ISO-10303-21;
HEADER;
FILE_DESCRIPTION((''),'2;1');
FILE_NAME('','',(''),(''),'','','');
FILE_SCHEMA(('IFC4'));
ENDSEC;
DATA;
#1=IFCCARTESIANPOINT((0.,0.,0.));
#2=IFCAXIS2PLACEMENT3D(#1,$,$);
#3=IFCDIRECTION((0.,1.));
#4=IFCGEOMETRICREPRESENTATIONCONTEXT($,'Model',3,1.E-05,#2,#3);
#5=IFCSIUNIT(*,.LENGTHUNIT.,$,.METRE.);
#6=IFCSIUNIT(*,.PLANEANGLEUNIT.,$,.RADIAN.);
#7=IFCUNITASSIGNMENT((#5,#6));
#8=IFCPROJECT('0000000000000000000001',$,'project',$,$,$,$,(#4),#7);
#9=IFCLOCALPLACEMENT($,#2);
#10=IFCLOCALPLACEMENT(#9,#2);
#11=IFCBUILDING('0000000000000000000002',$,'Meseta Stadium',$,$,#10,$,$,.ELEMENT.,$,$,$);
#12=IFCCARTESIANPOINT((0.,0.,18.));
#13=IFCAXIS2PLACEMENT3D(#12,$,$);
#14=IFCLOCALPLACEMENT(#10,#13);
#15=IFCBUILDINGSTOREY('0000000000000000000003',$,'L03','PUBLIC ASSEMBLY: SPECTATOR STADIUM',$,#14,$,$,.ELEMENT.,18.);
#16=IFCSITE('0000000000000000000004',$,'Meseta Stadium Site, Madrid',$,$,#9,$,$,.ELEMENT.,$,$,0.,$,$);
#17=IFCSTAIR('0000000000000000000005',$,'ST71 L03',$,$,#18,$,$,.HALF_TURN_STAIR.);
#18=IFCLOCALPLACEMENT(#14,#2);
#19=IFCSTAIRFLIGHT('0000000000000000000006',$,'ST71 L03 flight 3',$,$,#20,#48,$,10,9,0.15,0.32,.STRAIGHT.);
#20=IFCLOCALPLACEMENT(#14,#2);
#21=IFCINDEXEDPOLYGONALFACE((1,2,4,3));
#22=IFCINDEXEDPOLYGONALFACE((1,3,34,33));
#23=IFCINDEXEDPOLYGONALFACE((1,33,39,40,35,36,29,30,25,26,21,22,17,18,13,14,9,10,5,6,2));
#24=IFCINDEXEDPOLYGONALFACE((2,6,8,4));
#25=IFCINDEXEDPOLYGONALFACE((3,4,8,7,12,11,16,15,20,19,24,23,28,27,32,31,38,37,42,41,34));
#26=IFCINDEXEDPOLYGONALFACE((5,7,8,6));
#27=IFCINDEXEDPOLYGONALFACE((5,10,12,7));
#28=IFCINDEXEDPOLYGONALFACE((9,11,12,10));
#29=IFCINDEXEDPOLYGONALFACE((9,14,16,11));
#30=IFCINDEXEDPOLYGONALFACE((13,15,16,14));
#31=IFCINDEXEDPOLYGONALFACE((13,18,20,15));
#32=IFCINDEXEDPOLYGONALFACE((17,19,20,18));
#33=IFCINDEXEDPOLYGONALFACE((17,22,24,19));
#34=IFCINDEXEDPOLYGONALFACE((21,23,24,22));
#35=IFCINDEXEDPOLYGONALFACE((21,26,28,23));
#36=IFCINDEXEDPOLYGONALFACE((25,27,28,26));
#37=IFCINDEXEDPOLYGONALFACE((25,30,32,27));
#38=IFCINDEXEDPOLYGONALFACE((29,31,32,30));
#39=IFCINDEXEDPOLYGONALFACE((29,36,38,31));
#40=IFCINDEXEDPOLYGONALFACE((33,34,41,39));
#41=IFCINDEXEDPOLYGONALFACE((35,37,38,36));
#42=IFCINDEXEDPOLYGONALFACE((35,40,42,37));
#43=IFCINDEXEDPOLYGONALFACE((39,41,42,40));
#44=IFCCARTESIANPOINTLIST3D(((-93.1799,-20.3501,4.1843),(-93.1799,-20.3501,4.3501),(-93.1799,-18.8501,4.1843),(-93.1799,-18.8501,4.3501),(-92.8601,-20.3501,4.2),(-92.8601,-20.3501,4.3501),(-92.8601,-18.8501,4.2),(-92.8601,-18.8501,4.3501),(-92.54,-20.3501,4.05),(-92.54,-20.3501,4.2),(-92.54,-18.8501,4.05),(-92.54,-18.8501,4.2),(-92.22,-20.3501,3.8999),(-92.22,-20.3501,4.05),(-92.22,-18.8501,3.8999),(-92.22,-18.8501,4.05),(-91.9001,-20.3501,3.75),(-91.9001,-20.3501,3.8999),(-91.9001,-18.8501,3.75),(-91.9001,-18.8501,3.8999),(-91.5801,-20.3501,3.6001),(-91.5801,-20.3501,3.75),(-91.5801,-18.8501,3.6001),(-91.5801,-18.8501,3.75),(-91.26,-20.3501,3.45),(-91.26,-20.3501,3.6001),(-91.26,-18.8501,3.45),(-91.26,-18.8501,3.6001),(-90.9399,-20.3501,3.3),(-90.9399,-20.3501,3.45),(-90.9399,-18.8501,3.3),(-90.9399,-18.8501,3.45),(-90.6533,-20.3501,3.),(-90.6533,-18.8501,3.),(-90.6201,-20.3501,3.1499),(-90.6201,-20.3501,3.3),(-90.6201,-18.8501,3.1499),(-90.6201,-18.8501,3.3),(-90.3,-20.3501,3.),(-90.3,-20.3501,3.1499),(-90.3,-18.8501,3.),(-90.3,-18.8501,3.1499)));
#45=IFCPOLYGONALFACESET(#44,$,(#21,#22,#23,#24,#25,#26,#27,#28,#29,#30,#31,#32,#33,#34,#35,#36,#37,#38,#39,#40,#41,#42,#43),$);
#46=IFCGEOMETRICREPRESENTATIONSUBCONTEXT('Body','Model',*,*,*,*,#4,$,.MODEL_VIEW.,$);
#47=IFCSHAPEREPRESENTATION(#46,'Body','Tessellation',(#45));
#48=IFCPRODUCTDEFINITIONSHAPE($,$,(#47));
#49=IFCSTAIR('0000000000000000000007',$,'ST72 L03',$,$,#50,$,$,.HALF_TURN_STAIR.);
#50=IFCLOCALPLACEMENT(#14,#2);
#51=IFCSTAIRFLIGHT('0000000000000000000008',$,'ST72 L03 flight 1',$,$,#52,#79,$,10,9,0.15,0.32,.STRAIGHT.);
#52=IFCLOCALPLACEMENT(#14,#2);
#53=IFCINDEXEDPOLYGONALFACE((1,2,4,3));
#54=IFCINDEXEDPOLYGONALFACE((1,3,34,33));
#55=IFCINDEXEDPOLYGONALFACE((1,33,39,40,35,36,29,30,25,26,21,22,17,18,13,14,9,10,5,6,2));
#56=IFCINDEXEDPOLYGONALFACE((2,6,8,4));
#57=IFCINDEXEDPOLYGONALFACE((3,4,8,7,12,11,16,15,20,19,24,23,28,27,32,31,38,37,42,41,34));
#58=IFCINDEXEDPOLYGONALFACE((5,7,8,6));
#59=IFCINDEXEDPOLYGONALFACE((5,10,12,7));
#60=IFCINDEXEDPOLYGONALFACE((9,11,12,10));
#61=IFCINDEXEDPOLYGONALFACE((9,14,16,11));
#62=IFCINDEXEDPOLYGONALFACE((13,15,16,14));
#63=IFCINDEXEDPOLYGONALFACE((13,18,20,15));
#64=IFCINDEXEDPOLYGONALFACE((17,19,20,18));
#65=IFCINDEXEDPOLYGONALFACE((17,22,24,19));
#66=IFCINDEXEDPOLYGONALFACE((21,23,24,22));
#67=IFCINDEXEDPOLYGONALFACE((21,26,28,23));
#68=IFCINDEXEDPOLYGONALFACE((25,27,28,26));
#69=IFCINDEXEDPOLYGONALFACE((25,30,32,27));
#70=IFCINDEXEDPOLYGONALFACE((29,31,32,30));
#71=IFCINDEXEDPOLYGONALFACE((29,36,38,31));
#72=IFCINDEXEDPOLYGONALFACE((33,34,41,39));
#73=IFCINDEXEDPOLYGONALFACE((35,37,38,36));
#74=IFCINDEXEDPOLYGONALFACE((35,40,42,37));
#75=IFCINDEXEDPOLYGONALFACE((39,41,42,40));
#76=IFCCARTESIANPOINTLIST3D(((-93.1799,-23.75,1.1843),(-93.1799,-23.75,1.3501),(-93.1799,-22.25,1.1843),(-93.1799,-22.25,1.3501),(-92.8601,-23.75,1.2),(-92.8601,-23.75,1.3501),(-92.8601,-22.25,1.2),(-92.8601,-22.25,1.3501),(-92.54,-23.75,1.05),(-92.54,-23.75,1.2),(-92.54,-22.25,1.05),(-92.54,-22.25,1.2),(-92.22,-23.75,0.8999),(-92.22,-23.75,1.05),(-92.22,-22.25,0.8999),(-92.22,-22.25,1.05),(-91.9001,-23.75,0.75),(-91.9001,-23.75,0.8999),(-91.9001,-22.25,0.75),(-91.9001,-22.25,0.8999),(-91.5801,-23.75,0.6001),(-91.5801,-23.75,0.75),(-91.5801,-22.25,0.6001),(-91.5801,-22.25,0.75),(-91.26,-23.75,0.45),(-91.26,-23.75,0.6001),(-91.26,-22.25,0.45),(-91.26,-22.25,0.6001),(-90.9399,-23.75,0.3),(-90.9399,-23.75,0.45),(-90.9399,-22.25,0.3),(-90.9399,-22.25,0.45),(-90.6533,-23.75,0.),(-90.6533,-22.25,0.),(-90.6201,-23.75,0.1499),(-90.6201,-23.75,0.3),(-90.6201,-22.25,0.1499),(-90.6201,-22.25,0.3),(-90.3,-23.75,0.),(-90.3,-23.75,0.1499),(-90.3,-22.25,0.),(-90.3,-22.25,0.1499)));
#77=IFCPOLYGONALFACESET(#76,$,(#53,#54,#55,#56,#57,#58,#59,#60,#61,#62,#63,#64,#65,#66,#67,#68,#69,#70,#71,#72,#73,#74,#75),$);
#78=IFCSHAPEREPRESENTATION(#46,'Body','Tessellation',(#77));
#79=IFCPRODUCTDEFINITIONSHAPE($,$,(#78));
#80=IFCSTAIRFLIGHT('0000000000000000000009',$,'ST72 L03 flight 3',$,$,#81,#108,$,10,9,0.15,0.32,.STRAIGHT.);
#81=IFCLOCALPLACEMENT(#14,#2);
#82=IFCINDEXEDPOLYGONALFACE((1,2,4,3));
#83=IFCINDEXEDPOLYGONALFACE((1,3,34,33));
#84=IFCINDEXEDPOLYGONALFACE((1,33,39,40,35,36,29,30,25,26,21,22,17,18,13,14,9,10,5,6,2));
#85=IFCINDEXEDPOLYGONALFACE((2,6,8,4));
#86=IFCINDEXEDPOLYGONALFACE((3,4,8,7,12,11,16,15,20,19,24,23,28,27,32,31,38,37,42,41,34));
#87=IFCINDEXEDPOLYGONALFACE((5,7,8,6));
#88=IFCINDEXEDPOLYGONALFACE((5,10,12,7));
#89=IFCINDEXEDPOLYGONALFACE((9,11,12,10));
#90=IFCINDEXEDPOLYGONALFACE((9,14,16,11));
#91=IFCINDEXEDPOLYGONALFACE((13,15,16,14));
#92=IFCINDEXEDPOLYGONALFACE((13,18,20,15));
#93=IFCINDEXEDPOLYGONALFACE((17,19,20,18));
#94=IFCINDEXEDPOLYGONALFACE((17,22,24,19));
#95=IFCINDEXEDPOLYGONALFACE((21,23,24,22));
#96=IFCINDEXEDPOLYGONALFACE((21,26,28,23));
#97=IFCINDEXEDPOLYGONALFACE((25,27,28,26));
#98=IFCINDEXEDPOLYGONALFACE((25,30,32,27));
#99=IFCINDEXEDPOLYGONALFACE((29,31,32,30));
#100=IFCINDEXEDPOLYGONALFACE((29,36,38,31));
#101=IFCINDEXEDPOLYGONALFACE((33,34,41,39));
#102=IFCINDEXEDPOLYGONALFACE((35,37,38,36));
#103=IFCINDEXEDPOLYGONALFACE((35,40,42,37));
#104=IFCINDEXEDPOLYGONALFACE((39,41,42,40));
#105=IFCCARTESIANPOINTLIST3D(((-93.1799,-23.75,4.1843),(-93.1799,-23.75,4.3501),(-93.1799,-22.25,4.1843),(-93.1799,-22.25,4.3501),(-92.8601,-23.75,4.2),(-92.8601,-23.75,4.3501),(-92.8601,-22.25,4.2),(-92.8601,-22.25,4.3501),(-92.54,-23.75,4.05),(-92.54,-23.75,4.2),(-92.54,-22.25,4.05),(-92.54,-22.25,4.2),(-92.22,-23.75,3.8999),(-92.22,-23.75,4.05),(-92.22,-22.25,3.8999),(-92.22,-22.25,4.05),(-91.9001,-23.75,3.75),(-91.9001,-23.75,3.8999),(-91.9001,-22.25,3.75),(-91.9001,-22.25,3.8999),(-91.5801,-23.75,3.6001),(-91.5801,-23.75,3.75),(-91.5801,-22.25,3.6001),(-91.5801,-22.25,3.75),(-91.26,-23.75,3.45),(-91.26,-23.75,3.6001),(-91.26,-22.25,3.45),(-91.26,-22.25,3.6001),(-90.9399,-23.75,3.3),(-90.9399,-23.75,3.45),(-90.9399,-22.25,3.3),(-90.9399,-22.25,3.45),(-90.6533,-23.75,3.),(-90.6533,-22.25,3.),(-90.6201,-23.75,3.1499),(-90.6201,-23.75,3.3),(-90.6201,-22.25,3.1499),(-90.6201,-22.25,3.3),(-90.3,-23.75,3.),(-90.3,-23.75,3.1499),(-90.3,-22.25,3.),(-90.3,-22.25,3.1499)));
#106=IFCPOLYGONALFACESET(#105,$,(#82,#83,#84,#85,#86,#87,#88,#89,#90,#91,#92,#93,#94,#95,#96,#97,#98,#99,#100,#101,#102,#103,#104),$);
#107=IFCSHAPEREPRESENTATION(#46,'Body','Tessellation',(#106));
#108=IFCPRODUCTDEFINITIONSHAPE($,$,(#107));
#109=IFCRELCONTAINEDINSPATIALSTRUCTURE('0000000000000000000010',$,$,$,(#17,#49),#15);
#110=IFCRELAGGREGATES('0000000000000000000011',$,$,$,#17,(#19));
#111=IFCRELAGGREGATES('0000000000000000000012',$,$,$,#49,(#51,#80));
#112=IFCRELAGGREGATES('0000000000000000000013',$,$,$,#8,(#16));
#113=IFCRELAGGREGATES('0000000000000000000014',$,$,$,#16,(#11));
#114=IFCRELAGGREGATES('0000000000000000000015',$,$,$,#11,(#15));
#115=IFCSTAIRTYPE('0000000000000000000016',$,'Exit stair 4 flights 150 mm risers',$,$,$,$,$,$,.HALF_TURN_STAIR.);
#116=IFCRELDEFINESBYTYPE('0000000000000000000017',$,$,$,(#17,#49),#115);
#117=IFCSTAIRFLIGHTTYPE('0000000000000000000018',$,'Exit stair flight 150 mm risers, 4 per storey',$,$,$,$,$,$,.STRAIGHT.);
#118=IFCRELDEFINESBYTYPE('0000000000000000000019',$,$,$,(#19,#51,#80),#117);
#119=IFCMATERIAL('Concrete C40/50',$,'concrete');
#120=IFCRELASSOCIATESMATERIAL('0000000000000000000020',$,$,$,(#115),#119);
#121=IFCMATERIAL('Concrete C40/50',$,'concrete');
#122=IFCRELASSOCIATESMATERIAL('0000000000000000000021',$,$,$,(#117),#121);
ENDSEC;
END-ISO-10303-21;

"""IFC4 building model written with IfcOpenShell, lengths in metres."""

from ifc_helpers import new_model, si_unit, direction, frame, origin, place, context, subcontext, project, spatial, polyline, outline, extrude, material, type_object, element, aggregate, save


model = new_model("IFC4")

# Units and contexts
model_context = context("Model", 3, precision=1e-05, world=origin(), true_north=direction((0.0, 1.0)))
body_context = subcontext(model_context, "Body", "Model", "MODEL_VIEW")
ifc_project = project(units=[si_unit("LENGTHUNIT", "METRE"), si_unit("PLANEANGLEUNIT", "RADIAN")], contexts=[model_context])

# Site, building, storey
site_placement = place(None, origin())
site = spatial("IfcSite", under=ifc_project, at=site_placement, Name="Meseta Stadium Site, Madrid", CompositionType="ELEMENT", RefElevation=0.0)
building_placement = place(site_placement, origin())
building = spatial("IfcBuilding", under=site, at=building_placement, Name="Meseta Stadium", CompositionType="ELEMENT")
storey_placement = place(building_placement, frame((0.0, 0.0, 18.0)))
storey = spatial("IfcBuildingStorey", under=building, at=storey_placement, Name="L03", Description="PUBLIC ASSEMBLY: SPECTATOR STADIUM", CompositionType="ELEMENT", Elevation=18.0)

# Stairs, stair flights
ifc_material_1 = material(Name="Concrete C40/50", Category="concrete")
stair_type = type_object("IfcStairType", Name="Exit stair 4 flights 150 mm risers", PredefinedType="HALF_TURN_STAIR", material=ifc_material_1)
stair_1_placement = place(storey_placement, origin())
stair_1 = element("IfcStair", 1, at=stair_1_placement, inside=storey, type_object=stair_type, Name="ST71 L03", PredefinedType="HALF_TURN_STAIR")
ifc_material_2 = material(Name="Concrete C40/50", Category="concrete")
stair_flight_type = type_object("IfcStairFlightType", Name="Exit stair flight 150 mm risers, 4 per storey", PredefinedType="STRAIGHT", material=ifc_material_2)
stair_flight_1_placement = place(storey_placement, frame((-90.3, -19.6001, 3.0), z_axis=(0.0, 0.0, 1.0), x_axis=(-1.0, 0.0, 0.0)))
stair_flight_1 = element("IfcStairFlight", 2, at=stair_flight_1_placement, type_object=stair_flight_type, Name="ST71 L03 flight 3", NumberOfRisers=10, NumberOfTreads=9, PredefinedType="STRAIGHT", RiserHeight=0.15, TreadLength=0.32, context=body_context, shape_type="SweptSolid", body=[
    extrude(outline(polyline([(0.0, 0.0), (0.0, 0.1499), (0.3201, 0.1499), (0.3201, 0.3), (0.6399, 0.3), (0.6399, 0.45), (0.96, 0.45), (0.96, 0.6001), (1.28, 0.6001), (1.28, 0.75), (1.6001, 0.75), (1.6001, 0.8999), (1.9199, 0.8999), (1.9199, 1.05), (2.24, 1.05), (2.24, 1.2), (2.5601, 1.2), (2.5601, 1.3501), (2.8799, 1.3501), (2.8799, 1.1843), (0.3533, 0.0), (0.0, 0.0)])), frame((0.0, 0.75, 0.0), z_axis=(0.0, -1.0, 0.0), x_axis=(1.0, 0.0, 0.0)), (0.0, 0.0, 1.0), 1.5),
])
aggregate(stair_1, [stair_flight_1])
stair_2_placement = place(storey_placement, origin())
stair_2 = element("IfcStair", 3, at=stair_2_placement, inside=storey, type_object=stair_type, Name="ST72 L03", PredefinedType="HALF_TURN_STAIR")
stair_flight_2_placement = place(storey_placement, frame((-90.3, -23.0, 0.0), z_axis=(0.0, 0.0, 1.0), x_axis=(-1.0, 0.0, 0.0)))
stair_flight_2 = element("IfcStairFlight", 4, at=stair_flight_2_placement, type_object=stair_flight_type, Name="ST72 L03 flight 1", NumberOfRisers=10, NumberOfTreads=9, PredefinedType="STRAIGHT", RiserHeight=0.15, TreadLength=0.32, context=body_context, shape_type="SweptSolid", body=[
    extrude(outline(polyline([(0.0, 0.0), (0.0, 0.1499), (0.3201, 0.1499), (0.3201, 0.3), (0.6399, 0.3), (0.6399, 0.45), (0.96, 0.45), (0.96, 0.6001), (1.28, 0.6001), (1.28, 0.75), (1.6001, 0.75), (1.6001, 0.8999), (1.9199, 0.8999), (1.9199, 1.05), (2.24, 1.05), (2.24, 1.2), (2.5601, 1.2), (2.5601, 1.3501), (2.8799, 1.3501), (2.8799, 1.1843), (0.3533, 0.0), (0.0, 0.0)])), frame((0.0, 0.75, 0.0), z_axis=(0.0, -1.0, 0.0), x_axis=(1.0, 0.0, 0.0)), (0.0, 0.0, 1.0), 1.5),
])
stair_flight_3_placement = place(storey_placement, frame((-90.3, -23.0, 3.0), z_axis=(0.0, 0.0, 1.0), x_axis=(-1.0, 0.0, 0.0)))
stair_flight_3 = element("IfcStairFlight", 5, at=stair_flight_3_placement, type_object=stair_flight_type, Name="ST72 L03 flight 3", NumberOfRisers=10, NumberOfTreads=9, PredefinedType="STRAIGHT", RiserHeight=0.15, TreadLength=0.32, context=body_context, shape_type="SweptSolid", body=[
    extrude(outline(polyline([(0.0, 0.0), (0.0, 0.1499), (0.3201, 0.1499), (0.3201, 0.3), (0.6399, 0.3), (0.6399, 0.45), (0.96, 0.45), (0.96, 0.6001), (1.28, 0.6001), (1.28, 0.75), (1.6001, 0.75), (1.6001, 0.8999), (1.9199, 0.8999), (1.9199, 1.05), (2.24, 1.05), (2.24, 1.2), (2.5601, 1.2), (2.5601, 1.3501), (2.8799, 1.3501), (2.8799, 1.1843), (0.3533, 0.0), (0.0, 0.0)])), frame((0.0, 0.75, 0.0), z_axis=(0.0, -1.0, 0.0), x_axis=(1.0, 0.0, 0.0)), (0.0, 0.0, 1.0), 1.5),
])
aggregate(stair_2, [stair_flight_2, stair_flight_3])

save(model, "model.ifc")
